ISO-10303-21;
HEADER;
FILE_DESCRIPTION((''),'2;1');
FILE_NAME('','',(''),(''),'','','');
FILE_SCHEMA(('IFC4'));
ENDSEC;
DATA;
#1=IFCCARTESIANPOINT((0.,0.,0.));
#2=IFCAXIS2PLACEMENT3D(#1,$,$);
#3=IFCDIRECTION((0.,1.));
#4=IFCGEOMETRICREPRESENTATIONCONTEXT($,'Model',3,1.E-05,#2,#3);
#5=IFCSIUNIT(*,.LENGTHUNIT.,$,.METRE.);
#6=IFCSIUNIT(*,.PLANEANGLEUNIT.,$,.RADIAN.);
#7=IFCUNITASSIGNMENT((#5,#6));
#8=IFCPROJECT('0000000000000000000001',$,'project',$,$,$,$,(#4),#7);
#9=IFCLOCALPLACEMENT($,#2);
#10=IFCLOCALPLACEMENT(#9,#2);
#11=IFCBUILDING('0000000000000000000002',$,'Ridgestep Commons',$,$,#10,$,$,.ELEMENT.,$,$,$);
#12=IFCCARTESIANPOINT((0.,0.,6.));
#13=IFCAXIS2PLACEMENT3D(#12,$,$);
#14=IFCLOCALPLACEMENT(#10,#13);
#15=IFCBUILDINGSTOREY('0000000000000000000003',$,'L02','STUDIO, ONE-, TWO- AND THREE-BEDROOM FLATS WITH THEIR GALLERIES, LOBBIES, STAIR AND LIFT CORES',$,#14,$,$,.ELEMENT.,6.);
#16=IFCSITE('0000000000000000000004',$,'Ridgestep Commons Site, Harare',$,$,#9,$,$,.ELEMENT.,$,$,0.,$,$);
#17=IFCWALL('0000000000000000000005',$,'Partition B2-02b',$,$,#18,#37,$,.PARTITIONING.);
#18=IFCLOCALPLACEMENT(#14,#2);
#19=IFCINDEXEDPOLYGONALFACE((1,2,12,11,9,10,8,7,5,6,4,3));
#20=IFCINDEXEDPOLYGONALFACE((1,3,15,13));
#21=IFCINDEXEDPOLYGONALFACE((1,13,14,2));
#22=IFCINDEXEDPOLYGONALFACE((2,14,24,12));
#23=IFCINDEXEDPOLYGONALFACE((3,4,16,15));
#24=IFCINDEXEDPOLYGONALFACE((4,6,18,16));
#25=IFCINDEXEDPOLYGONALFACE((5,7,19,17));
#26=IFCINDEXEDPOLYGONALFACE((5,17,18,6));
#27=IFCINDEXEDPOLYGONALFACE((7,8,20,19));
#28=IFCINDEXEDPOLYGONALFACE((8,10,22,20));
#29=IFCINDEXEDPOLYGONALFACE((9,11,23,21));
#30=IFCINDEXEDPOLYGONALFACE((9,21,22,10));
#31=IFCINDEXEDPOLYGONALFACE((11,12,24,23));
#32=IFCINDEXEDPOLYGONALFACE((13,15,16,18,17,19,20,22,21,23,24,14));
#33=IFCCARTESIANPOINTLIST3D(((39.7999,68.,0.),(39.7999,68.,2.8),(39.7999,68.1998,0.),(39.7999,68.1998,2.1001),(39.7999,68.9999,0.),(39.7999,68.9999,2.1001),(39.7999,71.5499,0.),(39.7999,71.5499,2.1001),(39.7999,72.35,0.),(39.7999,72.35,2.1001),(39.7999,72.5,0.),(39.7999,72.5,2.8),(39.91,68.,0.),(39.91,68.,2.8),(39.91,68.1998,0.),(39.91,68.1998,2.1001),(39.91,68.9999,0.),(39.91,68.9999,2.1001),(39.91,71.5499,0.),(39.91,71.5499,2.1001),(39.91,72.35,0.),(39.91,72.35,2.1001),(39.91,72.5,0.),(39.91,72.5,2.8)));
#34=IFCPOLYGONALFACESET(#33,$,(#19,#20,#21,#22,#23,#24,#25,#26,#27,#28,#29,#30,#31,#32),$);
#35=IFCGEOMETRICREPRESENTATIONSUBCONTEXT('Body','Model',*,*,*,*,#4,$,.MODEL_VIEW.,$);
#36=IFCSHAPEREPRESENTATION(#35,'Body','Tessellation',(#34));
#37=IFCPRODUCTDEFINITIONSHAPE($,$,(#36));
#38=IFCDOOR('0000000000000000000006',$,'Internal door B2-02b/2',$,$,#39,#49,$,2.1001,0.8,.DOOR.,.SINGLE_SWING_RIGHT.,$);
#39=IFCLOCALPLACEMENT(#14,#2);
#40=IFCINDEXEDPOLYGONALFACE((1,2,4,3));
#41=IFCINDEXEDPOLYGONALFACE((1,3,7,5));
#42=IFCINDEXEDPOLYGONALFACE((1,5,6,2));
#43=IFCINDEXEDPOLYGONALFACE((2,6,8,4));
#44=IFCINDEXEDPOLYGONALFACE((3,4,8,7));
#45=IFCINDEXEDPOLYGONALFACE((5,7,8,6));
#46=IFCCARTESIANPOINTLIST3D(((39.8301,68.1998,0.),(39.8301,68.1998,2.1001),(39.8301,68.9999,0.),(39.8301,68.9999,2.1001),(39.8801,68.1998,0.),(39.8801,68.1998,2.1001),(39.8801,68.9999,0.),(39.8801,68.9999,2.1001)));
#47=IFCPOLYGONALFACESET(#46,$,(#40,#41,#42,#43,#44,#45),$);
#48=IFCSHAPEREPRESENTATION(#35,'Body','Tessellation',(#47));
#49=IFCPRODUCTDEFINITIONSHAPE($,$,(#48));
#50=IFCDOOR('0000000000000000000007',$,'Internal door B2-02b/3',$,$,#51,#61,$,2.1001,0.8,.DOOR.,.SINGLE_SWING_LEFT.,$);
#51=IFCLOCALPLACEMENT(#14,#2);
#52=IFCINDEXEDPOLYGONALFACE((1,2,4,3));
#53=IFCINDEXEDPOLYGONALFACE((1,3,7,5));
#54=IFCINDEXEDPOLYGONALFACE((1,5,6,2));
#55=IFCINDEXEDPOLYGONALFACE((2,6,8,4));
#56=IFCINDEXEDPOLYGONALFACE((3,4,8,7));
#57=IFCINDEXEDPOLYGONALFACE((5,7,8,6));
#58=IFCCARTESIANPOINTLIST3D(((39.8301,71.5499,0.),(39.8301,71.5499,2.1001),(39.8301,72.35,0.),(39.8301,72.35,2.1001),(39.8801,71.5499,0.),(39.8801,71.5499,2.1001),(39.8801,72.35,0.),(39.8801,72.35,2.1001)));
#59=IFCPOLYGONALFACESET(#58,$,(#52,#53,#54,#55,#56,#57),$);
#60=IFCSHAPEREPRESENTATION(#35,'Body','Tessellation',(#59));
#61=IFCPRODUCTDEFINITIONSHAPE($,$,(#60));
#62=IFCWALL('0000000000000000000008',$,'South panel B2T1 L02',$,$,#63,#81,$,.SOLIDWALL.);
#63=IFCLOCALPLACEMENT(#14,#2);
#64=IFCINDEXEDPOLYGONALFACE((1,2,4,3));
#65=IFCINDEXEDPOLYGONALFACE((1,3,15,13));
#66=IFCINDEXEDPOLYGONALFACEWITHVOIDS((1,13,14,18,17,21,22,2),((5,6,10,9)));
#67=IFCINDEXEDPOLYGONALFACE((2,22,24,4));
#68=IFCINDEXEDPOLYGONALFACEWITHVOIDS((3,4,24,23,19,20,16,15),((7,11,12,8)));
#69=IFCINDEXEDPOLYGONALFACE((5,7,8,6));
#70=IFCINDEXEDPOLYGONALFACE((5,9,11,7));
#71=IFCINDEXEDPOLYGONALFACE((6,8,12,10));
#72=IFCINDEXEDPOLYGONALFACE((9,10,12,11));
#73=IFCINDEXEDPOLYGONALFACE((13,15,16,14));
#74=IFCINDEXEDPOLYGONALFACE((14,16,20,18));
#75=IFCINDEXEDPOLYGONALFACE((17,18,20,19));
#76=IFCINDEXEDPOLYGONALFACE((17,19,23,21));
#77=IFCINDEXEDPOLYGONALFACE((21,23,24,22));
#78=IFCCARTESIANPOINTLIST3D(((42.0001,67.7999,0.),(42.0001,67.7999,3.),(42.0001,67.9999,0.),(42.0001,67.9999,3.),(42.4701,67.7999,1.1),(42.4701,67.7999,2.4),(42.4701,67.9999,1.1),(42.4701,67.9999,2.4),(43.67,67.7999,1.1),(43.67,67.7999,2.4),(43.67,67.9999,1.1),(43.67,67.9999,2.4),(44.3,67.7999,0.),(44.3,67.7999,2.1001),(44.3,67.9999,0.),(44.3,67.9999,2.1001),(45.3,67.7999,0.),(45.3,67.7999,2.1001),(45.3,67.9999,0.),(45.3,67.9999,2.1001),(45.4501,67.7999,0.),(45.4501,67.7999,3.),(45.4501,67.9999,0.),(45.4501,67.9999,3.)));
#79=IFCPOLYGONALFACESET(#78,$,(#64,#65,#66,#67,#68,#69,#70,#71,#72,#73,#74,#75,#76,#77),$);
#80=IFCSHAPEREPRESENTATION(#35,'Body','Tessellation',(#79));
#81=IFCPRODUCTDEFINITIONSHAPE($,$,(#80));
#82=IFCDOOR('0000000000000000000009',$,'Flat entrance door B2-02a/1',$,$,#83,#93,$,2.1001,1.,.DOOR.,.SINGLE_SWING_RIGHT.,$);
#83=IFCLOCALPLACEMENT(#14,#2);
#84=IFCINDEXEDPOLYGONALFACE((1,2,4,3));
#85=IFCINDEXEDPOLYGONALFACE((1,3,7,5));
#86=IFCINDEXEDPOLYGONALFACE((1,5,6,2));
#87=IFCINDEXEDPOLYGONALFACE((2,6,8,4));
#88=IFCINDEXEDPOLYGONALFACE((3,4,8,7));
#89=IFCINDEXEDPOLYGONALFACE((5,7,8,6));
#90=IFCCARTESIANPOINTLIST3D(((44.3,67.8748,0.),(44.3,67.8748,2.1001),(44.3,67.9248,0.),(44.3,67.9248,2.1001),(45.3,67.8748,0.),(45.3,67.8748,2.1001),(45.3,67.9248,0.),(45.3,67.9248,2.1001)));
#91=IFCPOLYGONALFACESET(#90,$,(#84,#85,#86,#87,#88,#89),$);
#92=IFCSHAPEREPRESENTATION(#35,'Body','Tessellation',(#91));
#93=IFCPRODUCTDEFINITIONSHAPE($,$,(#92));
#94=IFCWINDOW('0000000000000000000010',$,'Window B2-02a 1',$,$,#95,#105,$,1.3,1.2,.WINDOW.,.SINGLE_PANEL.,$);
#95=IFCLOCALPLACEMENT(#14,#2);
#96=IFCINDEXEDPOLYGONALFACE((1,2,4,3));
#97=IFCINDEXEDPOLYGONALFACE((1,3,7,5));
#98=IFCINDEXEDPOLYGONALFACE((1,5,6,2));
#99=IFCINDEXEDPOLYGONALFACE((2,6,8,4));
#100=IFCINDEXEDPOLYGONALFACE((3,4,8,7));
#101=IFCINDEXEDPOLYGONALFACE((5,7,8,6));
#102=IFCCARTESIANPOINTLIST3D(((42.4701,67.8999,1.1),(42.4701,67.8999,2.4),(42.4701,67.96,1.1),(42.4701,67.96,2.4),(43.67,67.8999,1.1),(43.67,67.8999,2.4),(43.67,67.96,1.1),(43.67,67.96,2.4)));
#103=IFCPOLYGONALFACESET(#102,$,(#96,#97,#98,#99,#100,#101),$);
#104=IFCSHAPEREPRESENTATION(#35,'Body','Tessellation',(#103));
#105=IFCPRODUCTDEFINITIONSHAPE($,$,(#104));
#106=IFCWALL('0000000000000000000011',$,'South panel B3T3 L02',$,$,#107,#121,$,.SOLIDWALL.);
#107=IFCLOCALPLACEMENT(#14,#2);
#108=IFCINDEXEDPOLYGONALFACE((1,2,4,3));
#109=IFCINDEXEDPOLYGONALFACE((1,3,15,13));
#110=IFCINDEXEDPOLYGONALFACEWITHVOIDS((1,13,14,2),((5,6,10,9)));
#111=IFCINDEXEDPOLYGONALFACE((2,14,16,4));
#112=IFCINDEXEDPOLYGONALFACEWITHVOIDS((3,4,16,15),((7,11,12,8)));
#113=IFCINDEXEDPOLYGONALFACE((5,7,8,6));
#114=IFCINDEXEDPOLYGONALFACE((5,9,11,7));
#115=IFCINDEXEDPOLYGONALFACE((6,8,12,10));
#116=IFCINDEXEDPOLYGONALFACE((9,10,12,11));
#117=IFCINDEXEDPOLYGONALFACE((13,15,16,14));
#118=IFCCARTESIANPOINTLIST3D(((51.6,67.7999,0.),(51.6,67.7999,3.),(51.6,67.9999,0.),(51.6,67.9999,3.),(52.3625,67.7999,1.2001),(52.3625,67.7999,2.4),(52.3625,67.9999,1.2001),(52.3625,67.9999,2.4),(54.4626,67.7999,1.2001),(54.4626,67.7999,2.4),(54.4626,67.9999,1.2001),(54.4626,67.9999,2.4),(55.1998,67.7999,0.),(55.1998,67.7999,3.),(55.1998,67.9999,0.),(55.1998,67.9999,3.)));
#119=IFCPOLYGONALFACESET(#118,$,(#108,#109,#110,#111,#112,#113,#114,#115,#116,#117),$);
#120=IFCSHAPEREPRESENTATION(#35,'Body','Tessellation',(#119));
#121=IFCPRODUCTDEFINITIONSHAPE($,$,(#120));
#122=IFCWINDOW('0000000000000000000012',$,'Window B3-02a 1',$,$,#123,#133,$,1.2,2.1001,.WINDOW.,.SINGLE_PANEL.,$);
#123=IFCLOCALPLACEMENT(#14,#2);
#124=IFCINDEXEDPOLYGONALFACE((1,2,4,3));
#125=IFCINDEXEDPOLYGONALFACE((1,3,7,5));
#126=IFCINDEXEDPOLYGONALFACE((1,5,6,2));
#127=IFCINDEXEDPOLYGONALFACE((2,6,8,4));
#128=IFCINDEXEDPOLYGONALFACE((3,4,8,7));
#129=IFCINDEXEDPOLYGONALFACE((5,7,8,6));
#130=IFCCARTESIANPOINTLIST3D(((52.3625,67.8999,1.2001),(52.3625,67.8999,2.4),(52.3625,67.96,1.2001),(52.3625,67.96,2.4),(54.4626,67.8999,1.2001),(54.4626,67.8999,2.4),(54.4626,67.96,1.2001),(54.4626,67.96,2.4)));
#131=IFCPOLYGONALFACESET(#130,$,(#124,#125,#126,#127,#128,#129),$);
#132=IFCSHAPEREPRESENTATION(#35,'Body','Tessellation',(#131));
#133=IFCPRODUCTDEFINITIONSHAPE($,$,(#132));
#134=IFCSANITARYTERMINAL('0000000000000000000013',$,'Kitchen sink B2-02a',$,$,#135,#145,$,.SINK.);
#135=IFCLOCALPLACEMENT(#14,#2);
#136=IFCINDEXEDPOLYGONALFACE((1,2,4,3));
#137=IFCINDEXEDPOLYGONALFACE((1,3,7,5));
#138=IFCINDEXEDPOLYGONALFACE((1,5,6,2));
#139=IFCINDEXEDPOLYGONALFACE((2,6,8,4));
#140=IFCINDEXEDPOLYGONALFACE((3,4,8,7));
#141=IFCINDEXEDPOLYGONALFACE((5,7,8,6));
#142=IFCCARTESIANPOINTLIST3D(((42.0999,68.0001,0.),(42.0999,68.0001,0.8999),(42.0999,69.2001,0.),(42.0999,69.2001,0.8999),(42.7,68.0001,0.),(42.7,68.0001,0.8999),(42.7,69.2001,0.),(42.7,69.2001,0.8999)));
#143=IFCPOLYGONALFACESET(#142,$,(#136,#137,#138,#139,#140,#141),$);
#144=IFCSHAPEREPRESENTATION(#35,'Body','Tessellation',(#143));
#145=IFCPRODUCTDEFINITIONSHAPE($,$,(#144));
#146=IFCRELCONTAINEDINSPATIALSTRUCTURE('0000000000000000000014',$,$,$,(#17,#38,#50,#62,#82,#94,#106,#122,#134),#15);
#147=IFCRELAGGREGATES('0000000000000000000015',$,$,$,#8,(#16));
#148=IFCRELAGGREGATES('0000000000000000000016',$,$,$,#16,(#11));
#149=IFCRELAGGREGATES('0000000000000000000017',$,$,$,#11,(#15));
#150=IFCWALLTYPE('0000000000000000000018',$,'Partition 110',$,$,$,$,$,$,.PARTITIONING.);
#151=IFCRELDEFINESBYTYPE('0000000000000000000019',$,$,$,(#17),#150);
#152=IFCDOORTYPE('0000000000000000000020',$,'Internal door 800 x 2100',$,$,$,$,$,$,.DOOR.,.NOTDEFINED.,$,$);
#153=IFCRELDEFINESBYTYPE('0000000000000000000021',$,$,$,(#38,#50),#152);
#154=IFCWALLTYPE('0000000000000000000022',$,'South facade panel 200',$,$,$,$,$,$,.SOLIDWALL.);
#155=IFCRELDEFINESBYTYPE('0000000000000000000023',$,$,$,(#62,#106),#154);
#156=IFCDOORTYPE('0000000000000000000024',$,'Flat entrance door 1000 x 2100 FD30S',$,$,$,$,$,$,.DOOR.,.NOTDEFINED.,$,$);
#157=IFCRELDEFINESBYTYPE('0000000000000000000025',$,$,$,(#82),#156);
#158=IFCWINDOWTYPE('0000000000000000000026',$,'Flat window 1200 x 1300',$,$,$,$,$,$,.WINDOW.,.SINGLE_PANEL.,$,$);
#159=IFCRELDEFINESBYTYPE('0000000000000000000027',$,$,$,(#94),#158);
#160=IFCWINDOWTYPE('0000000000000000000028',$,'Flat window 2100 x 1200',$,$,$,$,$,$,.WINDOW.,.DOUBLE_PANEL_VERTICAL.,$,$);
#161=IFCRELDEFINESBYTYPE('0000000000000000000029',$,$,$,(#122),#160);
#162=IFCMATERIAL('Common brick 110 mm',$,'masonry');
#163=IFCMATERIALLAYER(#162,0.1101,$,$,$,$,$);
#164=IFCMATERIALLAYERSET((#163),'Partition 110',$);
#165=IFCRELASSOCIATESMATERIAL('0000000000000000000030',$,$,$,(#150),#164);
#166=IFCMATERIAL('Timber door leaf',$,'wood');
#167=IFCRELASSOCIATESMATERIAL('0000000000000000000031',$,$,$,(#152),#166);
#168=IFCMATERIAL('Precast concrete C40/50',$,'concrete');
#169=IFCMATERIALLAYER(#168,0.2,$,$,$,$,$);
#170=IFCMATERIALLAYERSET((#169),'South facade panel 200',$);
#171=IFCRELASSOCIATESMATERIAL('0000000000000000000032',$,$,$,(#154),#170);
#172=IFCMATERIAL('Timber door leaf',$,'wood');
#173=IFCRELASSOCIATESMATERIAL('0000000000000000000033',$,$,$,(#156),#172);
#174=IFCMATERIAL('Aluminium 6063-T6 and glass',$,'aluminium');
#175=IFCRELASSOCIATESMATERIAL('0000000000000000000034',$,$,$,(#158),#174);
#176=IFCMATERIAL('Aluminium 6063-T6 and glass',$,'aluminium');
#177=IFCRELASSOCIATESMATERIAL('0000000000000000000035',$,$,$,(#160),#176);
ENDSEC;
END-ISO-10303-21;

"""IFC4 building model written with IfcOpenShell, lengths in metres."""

from ifc_helpers import new_model, si_unit, direction, frame, frame_2d, origin, origin_2d, place, context, subcontext, project, spatial, rectangle, extrude, material, layer, layer_set, type_object, element, fill, save


model = new_model("IFC4")

# Units and contexts
model_context = context("Model", 3, precision=1e-05, world=origin(), true_north=direction((0.0, 1.0)))
body_context = subcontext(model_context, "Body", "Model", "MODEL_VIEW")
ifc_project = project(units=[si_unit("LENGTHUNIT", "METRE"), si_unit("PLANEANGLEUNIT", "RADIAN")], contexts=[model_context])

# Site, building, storey
site_placement = place(None, origin())
site = spatial("IfcSite", under=ifc_project, at=site_placement, Name="Ridgestep Commons Site, Harare", CompositionType="ELEMENT", RefElevation=0.0)
building_placement = place(site_placement, origin())
building = spatial("IfcBuilding", under=site, at=building_placement, Name="Ridgestep Commons", CompositionType="ELEMENT")
storey_placement = place(building_placement, frame((0.0, 0.0, 6.0)))
storey = spatial("IfcBuildingStorey", under=building, at=storey_placement, Name="L02", Description="STUDIO, ONE-, TWO- AND THREE-BEDROOM FLATS WITH THEIR GALLERIES, LOBBIES, STAIR AND LIFT CORES", CompositionType="ELEMENT", Elevation=6.0)

# Wall, openings, doors
ifc_material_1 = material(Name="Common brick 110 mm", Category="masonry")
ifc_layer_1 = layer(ifc_material_1, 0.1101)
ifc_layer_set_1 = layer_set([ifc_layer_1], Name="Partition 110")
wall_type_1 = type_object("IfcWallType", Name="Partition 110", PredefinedType="PARTITIONING", material=ifc_layer_set_1)
ifc_material_2 = material(Name="Timber door leaf", Category="wood")
door_type_1 = type_object("IfcDoorType", Name="Internal door 800 x 2100", OperationType="NOTDEFINED", PredefinedType="DOOR", material=ifc_material_2)
wall_1_placement = place(storey_placement, frame((39.855, 68.0, 0.0), z_axis=(0.0, 0.0, 1.0), x_axis=(0.0, 1.0, 0.0)))
wall_1 = element("IfcWall", 1, at=wall_1_placement, inside=storey, type_object=wall_type_1, Name="Partition B2-02b", PredefinedType="PARTITIONING", context=body_context, shape_type="SweptSolid", body=[
    extrude(rectangle(XDim=4.5, YDim=0.1101, at=frame_2d((2.25, 0.0))), origin(), (0.0, 0.0, 1.0), 2.8),
])
opening_1_placement = place(wall_1_placement, frame((0.2, 0.0, 0.0)))
opening_1 = element("IfcOpeningElement", 2, at=opening_1_placement, cuts=wall_1, PredefinedType="OPENING", context=body_context, shape_type="SweptSolid", body=[
    extrude(rectangle(XDim=0.8, YDim=2.1001, at=frame_2d((0.3999, 1.05))), frame((0.0, 0.0649, 0.0), z_axis=(0.0, -1.0, 0.0), x_axis=(1.0, 0.0, 0.0)), (0.0, 0.0, 1.0), 0.1301),
])
opening_2_placement = place(wall_1_placement, frame((3.55, 0.0, 0.0)))
opening_2 = element("IfcOpeningElement", 3, at=opening_2_placement, cuts=wall_1, PredefinedType="OPENING", context=body_context, shape_type="SweptSolid", body=[
    extrude(rectangle(XDim=0.8, YDim=2.1001, at=frame_2d((0.3999, 1.05))), frame((0.0, 0.0649, 0.0), z_axis=(0.0, -1.0, 0.0), x_axis=(1.0, 0.0, 0.0)), (0.0, 0.0, 1.0), 0.1301),
])
door_1_placement = place(opening_1_placement, origin())
door_1 = element("IfcDoor", 4, at=door_1_placement, inside=storey, type_object=door_type_1, Name="Internal door B2-02b/2", OperationType="SINGLE_SWING_RIGHT", OverallHeight=2.1001, OverallWidth=0.8, PredefinedType="DOOR", context=body_context, shape_type="SweptSolid", body=[
    extrude(rectangle(XDim=0.8, YDim=2.1001, at=frame_2d((0.3999, 1.05))), frame((0.0, 0.0249, 0.0), z_axis=(0.0, -1.0, 0.0), x_axis=(1.0, 0.0, 0.0)), (0.0, 0.0, 1.0), 0.05),
])
fill(opening_1, door_1)
door_2_placement = place(opening_2_placement, origin())
door_2 = element("IfcDoor", 5, at=door_2_placement, inside=storey, type_object=door_type_1, Name="Internal door B2-02b/3", OperationType="SINGLE_SWING_LEFT", OverallHeight=2.1001, OverallWidth=0.8, PredefinedType="DOOR", context=body_context, shape_type="SweptSolid", body=[
    extrude(rectangle(XDim=0.8, YDim=2.1001, at=frame_2d((0.3999, 1.05))), frame((0.0, 0.0249, 0.0), z_axis=(0.0, -1.0, 0.0), x_axis=(1.0, 0.0, 0.0)), (0.0, 0.0, 1.0), 0.05),
])
fill(opening_2, door_2)

# Wall, openings, door, window
ifc_material_3 = material(Name="Precast concrete C40/50", Category="concrete")
ifc_layer_2 = layer(ifc_material_3, 0.2)
ifc_layer_set_2 = layer_set([ifc_layer_2], Name="South facade panel 200")
wall_type_2 = type_object("IfcWallType", Name="South facade panel 200", PredefinedType="SOLIDWALL", material=ifc_layer_set_2)
wall_2_placement = place(storey_placement, frame((42.0, 67.8999, 0.0), z_axis=(0.0, 0.0, 1.0), x_axis=(1.0, 0.0, 0.0)))
wall_2 = element("IfcWall", 6, at=wall_2_placement, inside=storey, type_object=wall_type_2, Name="South panel B2T1 L02", PredefinedType="SOLIDWALL", context=body_context, shape_type="SweptSolid", body=[
    extrude(rectangle(XDim=3.45, YDim=0.2, at=frame_2d((1.7251, 0.0))), origin(), (0.0, 0.0, 1.0), 3.0),
])
opening_3_placement = place(wall_2_placement, frame((0.47, 0.0, 1.1001)))
opening_3 = element("IfcOpeningElement", 7, at=opening_3_placement, cuts=wall_2, PredefinedType="OPENING", context=body_context, shape_type="SweptSolid", body=[
    extrude(rectangle(XDim=1.2, YDim=1.3, at=frame_2d((0.6001, 0.6499))), frame((0.0, 0.1099, 0.0), z_axis=(0.0, -1.0, 0.0), x_axis=(1.0, 0.0, 0.0)), (0.0, 0.0, 1.0), 0.22),
])
opening_4_placement = place(wall_2_placement, frame((2.3, 0.0, 0.0)))
opening_4 = element("IfcOpeningElement", 8, at=opening_4_placement, cuts=wall_2, PredefinedType="OPENING", context=body_context, shape_type="SweptSolid", body=[
    extrude(rectangle(XDim=1.0, YDim=2.1001, at=frame_2d((0.5, 1.05))), frame((0.0, 0.1099, 0.0), z_axis=(0.0, -1.0, 0.0), x_axis=(1.0, 0.0, 0.0)), (0.0, 0.0, 1.0), 0.22),
])
ifc_material_4 = material(Name="Timber door leaf", Category="wood")
door_type_2 = type_object("IfcDoorType", Name="Flat entrance door 1000 x 2100 FD30S", OperationType="NOTDEFINED", PredefinedType="DOOR", material=ifc_material_4)
door_3_placement = place(opening_4_placement, origin())
door_3 = element("IfcDoor", 9, at=door_3_placement, inside=storey, type_object=door_type_2, Name="Flat entrance door B2-02a/1", OperationType="SINGLE_SWING_RIGHT", OverallHeight=2.1001, OverallWidth=1.0, PredefinedType="DOOR", context=body_context, shape_type="SweptSolid", body=[
    extrude(rectangle(XDim=1.0, YDim=2.1001, at=frame_2d((0.5, 1.05))), frame((0.0, 0.0249, 0.0), z_axis=(0.0, -1.0, 0.0), x_axis=(1.0, 0.0, 0.0)), (0.0, 0.0, 1.0), 0.05),
])
fill(opening_4, door_3)
ifc_material_5 = material(Name="Aluminium 6063-T6 and glass", Category="aluminium")
window_type_1 = type_object("IfcWindowType", Name="Flat window 1200 x 1300", PartitioningType="SINGLE_PANEL", PredefinedType="WINDOW", material=ifc_material_5)
window_1_placement = place(opening_3_placement, origin())
window_1 = element("IfcWindow", 10, at=window_1_placement, inside=storey, type_object=window_type_1, Name="Window B2-02a 1", OverallHeight=1.3, OverallWidth=1.2, PartitioningType="SINGLE_PANEL", PredefinedType="WINDOW", context=body_context, shape_type="SweptSolid", body=[
    extrude(rectangle(XDim=1.2, YDim=1.3, at=frame_2d((0.6001, 0.6499))), frame((0.0, 0.0601, 0.0), z_axis=(0.0, -1.0, 0.0), x_axis=(1.0, 0.0, 0.0)), (0.0, 0.0, 1.0), 0.0601),
])
fill(opening_3, window_1)

# Wall, opening, window
wall_3_placement = place(storey_placement, frame((51.6001, 67.8999, 0.0), z_axis=(0.0, 0.0, 1.0), x_axis=(1.0, 0.0, 0.0)))
wall_3 = element("IfcWall", 11, at=wall_3_placement, inside=storey, type_object=wall_type_2, Name="South panel B3T3 L02", PredefinedType="SOLIDWALL", context=body_context, shape_type="SweptSolid", body=[
    extrude(rectangle(XDim=3.5999, YDim=0.2, at=frame_2d((1.7998, 0.0))), origin(), (0.0, 0.0, 1.0), 3.0),
])
opening_5_placement = place(wall_3_placement, frame((0.7625, 0.0, 1.2)))
opening_5 = element("IfcOpeningElement", 12, at=opening_5_placement, cuts=wall_3, PredefinedType="OPENING", context=body_context, shape_type="SweptSolid", body=[
    extrude(rectangle(XDim=2.1001, YDim=1.2, at=frame_2d((1.05, 0.6001))), frame((0.0, 0.1099, 0.0), z_axis=(0.0, -1.0, 0.0), x_axis=(1.0, 0.0, 0.0)), (0.0, 0.0, 1.0), 0.22),
])
ifc_material_6 = material(Name="Aluminium 6063-T6 and glass", Category="aluminium")
window_type_2 = type_object("IfcWindowType", Name="Flat window 2100 x 1200", PartitioningType="DOUBLE_PANEL_VERTICAL", PredefinedType="WINDOW", material=ifc_material_6)
window_2_placement = place(opening_5_placement, origin())
window_2 = element("IfcWindow", 13, at=window_2_placement, inside=storey, type_object=window_type_2, Name="Window B3-02a 1", OverallHeight=1.2, OverallWidth=2.1001, PartitioningType="SINGLE_PANEL", PredefinedType="WINDOW", context=body_context, shape_type="SweptSolid", body=[
    extrude(rectangle(XDim=2.1001, YDim=1.2, at=frame_2d((1.05, 0.6001))), frame((0.0, 0.0601, 0.0), z_axis=(0.0, -1.0, 0.0), x_axis=(1.0, 0.0, 0.0)), (0.0, 0.0, 1.0), 0.0601),
])
fill(opening_5, window_2)

# Sanitary terminal
sanitary_terminal_placement = place(storey_placement, frame((42.3999, 68.6001, 0.0), z_axis=(0.0, 0.0, 1.0), x_axis=(1.0, 0.0, 0.0)))
element("IfcSanitaryTerminal", 14, at=sanitary_terminal_placement, inside=storey, Name="Kitchen sink B2-02a", PredefinedType="SINK", context=body_context, shape_type="SweptSolid", body=[
    extrude(rectangle(XDim=0.6001, YDim=1.2, at=origin_2d()), origin(), (0.0, 0.0, 1.0), 0.8999),
])

save(model, "model.ifc")
